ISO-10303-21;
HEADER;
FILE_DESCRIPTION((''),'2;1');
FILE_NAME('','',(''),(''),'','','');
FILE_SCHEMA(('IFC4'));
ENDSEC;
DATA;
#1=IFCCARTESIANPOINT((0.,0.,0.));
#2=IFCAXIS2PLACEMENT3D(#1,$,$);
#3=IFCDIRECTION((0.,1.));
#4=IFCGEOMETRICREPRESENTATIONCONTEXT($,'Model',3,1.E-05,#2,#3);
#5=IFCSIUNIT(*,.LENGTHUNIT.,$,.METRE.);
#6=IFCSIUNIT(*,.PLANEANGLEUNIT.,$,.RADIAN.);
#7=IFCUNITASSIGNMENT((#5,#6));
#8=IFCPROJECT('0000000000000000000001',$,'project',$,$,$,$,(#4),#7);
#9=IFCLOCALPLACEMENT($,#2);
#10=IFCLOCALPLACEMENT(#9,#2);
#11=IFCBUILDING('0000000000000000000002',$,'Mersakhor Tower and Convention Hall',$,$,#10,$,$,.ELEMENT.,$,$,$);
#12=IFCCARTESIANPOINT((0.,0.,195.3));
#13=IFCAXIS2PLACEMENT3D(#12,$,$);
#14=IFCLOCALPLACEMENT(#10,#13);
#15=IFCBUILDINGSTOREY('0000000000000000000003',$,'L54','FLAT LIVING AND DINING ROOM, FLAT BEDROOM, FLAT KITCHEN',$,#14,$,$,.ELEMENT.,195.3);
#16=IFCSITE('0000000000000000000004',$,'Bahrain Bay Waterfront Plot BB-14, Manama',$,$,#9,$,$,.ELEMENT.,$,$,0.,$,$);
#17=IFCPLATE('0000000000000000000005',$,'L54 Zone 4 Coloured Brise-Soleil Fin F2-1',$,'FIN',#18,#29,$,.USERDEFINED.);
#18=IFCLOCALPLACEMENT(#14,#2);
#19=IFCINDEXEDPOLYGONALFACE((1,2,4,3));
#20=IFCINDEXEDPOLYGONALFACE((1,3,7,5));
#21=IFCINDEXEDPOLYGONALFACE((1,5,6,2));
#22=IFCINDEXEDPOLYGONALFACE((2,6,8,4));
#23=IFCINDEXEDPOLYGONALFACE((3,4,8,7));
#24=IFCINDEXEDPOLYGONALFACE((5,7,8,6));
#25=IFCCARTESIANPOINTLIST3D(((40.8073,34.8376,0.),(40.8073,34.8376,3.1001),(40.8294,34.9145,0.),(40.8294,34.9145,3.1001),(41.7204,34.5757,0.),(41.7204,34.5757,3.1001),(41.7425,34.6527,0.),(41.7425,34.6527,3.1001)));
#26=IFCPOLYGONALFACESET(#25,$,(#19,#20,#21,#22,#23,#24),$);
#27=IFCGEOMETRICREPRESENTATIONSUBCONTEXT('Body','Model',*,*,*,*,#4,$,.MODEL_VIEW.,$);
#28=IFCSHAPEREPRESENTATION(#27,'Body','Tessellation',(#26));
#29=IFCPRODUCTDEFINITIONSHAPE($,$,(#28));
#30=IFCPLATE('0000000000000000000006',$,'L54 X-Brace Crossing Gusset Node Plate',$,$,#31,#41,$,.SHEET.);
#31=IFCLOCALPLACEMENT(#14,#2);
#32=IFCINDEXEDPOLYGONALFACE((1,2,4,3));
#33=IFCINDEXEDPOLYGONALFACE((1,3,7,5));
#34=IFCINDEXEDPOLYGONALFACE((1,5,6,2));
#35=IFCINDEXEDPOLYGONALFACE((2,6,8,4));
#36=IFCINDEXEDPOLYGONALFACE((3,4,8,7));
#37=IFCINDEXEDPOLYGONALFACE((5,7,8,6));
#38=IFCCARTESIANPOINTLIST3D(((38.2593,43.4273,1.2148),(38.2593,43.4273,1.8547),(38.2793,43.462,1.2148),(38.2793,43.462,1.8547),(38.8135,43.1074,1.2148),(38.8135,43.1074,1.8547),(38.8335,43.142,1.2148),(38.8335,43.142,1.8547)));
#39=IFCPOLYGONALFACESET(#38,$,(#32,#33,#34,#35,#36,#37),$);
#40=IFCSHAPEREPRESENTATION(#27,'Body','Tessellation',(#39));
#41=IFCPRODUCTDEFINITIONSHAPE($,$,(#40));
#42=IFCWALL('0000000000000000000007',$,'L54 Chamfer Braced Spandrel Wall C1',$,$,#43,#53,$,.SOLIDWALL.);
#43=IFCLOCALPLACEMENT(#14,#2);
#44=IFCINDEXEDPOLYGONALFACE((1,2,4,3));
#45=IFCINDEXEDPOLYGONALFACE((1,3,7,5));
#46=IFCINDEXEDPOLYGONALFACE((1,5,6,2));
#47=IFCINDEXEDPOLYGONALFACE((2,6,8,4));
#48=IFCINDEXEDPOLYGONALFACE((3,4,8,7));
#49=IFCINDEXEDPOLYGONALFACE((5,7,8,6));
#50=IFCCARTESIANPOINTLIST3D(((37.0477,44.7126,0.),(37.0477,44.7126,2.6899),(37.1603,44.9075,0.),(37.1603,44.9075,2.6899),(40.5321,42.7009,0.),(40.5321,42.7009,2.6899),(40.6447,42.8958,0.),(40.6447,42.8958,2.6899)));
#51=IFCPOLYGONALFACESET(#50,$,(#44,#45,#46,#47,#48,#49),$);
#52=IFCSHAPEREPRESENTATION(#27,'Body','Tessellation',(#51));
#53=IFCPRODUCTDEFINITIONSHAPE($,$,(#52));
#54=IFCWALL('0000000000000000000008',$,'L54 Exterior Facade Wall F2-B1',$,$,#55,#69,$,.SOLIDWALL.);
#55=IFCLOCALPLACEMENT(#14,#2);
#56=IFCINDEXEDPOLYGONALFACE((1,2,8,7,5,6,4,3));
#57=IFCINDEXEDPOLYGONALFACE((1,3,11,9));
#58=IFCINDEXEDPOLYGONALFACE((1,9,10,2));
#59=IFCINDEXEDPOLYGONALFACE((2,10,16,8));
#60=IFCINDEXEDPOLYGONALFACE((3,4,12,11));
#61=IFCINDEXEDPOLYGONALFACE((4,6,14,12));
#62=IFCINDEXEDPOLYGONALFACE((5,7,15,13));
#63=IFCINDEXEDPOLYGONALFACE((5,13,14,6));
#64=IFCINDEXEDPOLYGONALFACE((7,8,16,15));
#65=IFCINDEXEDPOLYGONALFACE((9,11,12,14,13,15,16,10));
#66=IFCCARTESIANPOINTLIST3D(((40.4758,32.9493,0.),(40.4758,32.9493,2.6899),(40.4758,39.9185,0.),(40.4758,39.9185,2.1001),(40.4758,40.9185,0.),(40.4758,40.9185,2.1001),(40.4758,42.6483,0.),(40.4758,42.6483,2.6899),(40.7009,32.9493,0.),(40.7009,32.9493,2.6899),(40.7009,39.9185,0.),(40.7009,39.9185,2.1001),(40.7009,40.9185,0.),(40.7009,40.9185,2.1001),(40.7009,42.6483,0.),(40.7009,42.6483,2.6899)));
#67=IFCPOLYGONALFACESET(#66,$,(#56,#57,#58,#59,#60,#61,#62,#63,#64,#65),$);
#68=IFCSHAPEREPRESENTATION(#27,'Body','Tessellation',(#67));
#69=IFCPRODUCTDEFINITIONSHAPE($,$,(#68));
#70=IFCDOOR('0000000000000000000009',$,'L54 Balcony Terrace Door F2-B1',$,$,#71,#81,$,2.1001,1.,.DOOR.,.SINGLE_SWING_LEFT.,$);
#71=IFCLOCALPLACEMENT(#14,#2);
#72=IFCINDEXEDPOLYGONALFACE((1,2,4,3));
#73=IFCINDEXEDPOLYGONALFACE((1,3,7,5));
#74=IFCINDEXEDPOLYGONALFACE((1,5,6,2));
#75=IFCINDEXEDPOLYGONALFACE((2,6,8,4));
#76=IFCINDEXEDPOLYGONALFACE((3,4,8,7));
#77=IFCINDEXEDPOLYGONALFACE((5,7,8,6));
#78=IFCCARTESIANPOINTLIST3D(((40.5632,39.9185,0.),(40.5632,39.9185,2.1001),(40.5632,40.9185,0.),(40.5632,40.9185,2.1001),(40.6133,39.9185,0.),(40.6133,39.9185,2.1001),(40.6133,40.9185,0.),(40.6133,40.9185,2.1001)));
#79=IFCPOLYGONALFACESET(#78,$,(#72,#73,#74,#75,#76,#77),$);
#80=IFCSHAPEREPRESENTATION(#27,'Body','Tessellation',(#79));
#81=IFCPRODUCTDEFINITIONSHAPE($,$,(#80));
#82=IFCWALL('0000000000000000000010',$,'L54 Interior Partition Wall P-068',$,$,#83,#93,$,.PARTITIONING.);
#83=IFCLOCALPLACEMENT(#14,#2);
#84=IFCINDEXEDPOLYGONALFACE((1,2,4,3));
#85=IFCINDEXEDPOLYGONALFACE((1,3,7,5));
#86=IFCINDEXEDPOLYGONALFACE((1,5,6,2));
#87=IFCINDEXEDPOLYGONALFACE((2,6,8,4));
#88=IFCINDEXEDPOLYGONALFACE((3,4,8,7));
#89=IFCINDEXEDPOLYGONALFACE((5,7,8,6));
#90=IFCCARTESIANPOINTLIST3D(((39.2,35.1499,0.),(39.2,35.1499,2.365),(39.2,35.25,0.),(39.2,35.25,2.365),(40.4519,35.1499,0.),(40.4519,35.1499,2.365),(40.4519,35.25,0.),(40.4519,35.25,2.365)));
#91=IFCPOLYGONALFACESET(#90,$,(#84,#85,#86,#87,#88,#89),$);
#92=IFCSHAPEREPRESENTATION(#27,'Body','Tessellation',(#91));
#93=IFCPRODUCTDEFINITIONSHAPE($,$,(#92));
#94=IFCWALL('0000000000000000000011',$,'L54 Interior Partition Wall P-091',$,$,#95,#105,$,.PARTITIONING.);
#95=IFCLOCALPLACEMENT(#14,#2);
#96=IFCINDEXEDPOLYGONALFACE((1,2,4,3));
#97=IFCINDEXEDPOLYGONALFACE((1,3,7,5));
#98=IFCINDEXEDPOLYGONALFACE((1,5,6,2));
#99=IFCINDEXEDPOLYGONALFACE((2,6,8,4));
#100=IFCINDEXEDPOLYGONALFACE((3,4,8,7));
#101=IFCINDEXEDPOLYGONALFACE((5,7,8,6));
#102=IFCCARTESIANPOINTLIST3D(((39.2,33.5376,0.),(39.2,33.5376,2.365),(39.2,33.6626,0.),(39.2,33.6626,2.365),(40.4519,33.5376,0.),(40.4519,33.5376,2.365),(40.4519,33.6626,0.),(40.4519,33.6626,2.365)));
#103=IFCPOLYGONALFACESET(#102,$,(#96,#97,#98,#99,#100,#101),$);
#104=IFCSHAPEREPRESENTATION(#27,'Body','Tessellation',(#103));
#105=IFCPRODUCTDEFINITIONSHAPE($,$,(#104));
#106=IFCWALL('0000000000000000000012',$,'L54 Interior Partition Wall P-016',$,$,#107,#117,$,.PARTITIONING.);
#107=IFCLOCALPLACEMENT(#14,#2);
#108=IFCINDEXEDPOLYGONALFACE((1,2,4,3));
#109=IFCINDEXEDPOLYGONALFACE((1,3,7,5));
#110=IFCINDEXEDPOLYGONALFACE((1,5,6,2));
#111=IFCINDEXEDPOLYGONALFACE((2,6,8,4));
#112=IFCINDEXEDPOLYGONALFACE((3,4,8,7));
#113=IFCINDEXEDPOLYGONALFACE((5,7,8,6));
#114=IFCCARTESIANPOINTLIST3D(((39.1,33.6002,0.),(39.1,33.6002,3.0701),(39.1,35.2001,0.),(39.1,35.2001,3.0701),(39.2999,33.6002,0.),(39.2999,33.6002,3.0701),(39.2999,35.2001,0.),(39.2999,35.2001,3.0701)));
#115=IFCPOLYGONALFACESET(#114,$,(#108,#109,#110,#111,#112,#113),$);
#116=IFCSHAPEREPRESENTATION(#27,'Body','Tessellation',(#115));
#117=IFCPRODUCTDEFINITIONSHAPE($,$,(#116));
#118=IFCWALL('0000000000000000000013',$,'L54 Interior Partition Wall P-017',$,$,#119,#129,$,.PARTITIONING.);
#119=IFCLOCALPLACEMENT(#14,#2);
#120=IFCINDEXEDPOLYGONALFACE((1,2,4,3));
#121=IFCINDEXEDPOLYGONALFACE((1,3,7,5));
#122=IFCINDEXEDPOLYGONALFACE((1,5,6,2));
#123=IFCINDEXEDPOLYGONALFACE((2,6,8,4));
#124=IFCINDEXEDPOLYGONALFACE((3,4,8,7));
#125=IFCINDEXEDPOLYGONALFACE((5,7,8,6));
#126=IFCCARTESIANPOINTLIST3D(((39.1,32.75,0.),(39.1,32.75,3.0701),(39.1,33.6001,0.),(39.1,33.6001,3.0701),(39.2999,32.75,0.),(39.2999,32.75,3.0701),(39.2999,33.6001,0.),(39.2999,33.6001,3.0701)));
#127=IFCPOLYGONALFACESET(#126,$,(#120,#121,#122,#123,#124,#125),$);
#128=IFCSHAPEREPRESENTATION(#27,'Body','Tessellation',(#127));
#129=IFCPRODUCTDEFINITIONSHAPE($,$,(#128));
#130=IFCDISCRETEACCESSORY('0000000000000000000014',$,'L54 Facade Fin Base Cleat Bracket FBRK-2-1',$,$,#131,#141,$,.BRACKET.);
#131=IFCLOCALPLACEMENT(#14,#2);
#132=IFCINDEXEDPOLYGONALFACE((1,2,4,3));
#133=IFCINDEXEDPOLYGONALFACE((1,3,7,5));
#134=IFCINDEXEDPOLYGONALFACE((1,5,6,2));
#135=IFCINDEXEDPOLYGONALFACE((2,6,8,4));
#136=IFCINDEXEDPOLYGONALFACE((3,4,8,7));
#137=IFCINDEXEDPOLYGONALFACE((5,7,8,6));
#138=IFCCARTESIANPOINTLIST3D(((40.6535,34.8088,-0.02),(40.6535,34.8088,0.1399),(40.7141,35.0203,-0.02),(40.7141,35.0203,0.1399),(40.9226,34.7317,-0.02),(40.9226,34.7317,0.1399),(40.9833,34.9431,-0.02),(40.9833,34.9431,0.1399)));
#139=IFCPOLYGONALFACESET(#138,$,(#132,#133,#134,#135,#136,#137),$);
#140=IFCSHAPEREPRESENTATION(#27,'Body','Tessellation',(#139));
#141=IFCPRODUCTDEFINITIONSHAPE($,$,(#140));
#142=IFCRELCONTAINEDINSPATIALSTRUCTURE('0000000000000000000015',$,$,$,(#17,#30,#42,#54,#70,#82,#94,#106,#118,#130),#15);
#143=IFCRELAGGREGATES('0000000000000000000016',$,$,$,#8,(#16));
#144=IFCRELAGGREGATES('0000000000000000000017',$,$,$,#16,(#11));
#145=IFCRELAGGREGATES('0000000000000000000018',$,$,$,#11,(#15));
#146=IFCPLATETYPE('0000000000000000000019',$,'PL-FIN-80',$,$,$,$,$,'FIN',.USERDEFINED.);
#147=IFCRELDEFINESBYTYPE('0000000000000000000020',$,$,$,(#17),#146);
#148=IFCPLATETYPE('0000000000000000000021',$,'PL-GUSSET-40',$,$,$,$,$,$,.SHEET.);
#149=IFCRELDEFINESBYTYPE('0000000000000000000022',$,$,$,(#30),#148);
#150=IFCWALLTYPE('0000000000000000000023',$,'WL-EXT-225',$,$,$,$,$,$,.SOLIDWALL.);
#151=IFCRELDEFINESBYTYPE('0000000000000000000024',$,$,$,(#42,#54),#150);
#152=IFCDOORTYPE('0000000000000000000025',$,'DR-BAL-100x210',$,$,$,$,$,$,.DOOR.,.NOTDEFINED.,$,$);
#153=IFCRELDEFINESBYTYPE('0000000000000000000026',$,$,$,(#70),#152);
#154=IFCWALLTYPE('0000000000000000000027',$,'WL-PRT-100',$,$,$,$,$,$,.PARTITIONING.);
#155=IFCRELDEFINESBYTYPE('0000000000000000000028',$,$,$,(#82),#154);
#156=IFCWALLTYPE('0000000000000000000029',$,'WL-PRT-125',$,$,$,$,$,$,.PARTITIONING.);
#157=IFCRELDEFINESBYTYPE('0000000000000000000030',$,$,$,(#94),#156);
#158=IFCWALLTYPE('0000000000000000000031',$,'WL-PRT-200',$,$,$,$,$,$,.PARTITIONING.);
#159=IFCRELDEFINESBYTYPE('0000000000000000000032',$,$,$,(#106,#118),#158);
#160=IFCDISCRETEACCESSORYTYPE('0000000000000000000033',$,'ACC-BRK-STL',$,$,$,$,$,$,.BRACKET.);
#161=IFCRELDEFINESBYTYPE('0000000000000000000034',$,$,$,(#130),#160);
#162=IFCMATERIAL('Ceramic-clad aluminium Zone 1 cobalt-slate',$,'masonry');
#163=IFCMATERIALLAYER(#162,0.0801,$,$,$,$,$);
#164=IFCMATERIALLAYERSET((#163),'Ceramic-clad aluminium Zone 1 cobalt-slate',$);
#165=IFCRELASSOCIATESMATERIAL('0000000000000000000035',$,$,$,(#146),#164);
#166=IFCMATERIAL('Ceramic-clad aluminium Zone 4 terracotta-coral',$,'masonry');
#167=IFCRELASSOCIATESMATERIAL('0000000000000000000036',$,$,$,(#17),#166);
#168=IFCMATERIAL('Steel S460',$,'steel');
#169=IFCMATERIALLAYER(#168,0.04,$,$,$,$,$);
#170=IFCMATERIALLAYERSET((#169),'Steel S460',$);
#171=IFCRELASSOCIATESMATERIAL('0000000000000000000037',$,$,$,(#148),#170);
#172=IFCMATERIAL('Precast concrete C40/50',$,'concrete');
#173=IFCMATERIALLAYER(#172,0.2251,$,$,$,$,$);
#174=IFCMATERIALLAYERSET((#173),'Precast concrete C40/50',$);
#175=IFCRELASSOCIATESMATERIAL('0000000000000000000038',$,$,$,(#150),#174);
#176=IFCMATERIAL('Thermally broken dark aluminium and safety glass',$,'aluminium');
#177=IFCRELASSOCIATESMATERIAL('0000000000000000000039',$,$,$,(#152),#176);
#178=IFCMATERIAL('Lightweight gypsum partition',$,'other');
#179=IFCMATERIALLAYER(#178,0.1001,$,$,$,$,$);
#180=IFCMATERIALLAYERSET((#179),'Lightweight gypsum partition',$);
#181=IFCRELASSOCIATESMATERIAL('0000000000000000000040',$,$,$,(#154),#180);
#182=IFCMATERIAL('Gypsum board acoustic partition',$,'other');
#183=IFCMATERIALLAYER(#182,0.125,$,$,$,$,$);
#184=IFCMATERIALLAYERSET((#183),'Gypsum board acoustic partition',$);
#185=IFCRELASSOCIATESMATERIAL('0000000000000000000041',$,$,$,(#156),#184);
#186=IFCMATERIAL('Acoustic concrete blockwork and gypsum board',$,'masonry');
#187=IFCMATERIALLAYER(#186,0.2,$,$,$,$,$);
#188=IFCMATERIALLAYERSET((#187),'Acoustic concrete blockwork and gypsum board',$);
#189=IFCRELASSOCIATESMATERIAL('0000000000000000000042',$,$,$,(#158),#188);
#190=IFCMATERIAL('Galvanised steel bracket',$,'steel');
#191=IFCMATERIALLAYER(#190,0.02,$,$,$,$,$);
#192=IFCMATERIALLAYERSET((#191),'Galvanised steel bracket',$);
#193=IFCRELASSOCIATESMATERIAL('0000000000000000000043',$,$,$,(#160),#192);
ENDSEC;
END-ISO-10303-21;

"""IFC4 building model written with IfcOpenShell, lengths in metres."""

from ifc_helpers import new_model, si_unit, direction, frame, frame_2d, origin, origin_2d, place, context, subcontext, project, spatial, rectangle, extrude, material, layer, layer_set, type_object, element, fill, save


model = new_model("IFC4")

# Units and contexts
model_context = context("Model", 3, precision=1e-05, world=origin(), true_north=direction((0.0, 1.0)))
body_context = subcontext(model_context, "Body", "Model", "MODEL_VIEW")
ifc_project = project(units=[si_unit("LENGTHUNIT", "METRE"), si_unit("PLANEANGLEUNIT", "RADIAN")], contexts=[model_context])

# Site, building, storey
site_placement = place(None, origin())
site = spatial("IfcSite", under=ifc_project, at=site_placement, Name="Bahrain Bay Waterfront Plot BB-14, Manama", CompositionType="ELEMENT", RefElevation=0.0)
building_placement = place(site_placement, origin())
building = spatial("IfcBuilding", under=site, at=building_placement, Name="Mersakhor Tower and Convention Hall", CompositionType="ELEMENT")
storey_placement = place(building_placement, frame((0.0, 0.0, 195.3)))
storey = spatial("IfcBuildingStorey", under=building, at=storey_placement, Name="L54", Description="FLAT LIVING AND DINING ROOM, FLAT BEDROOM, FLAT KITCHEN", CompositionType="ELEMENT", Elevation=195.3)

# Plates
ifc_material_1 = material(Name="Ceramic-clad aluminium Zone 4 terracotta-coral", Category="masonry")
ifc_material_2 = material(Name="Ceramic-clad aluminium Zone 1 cobalt-slate", Category="masonry")
ifc_layer_1 = layer(ifc_material_2, 0.0801)
ifc_layer_set_1 = layer_set([ifc_layer_1], Name="Ceramic-clad aluminium Zone 1 cobalt-slate")
plate_type_1 = type_object("IfcPlateType", Name="PL-FIN-80", ElementType="FIN", PredefinedType="USERDEFINED", material=ifc_layer_set_1)
plate_1_placement = place(storey_placement, frame((41.2749, 34.7451, 0.0), z_axis=(0.0, 0.0, 1.0), x_axis=(0.961262, -0.275637, 0.0)))
element("IfcPlate", 1, at=plate_1_placement, inside=storey, type_object=plate_type_1, material=ifc_material_1, Name="L54 Zone 4 Coloured Brise-Soleil Fin F2-1", ObjectType="FIN", PredefinedType="USERDEFINED", context=body_context, shape_type="SweptSolid", body=[
    extrude(rectangle(XDim=0.95, YDim=0.0801, at=origin_2d()), origin(), (0.0, 0.0, 1.0), 3.1001),
])
ifc_material_3 = material(Name="Steel S460", Category="steel")
ifc_layer_2 = layer(ifc_material_3, 0.04)
ifc_layer_set_2 = layer_set([ifc_layer_2], Name="Steel S460")
plate_type_2 = type_object("IfcPlateType", Name="PL-GUSSET-40", PredefinedType="SHEET", material=ifc_layer_set_2)
plate_2_placement = place(storey_placement, frame((38.5464, 43.2847, 1.2148), z_axis=(0.0, 0.0, 1.0), x_axis=(-0.866025, 0.5, 0.0)))
element("IfcPlate", 2, at=plate_2_placement, inside=storey, type_object=plate_type_2, Name="L54 X-Brace Crossing Gusset Node Plate", PredefinedType="SHEET", context=body_context, shape_type="SweptSolid", body=[
    extrude(rectangle(XDim=0.6399, YDim=0.04, at=origin_2d()), origin(), (0.0, 0.0, 1.0), 0.6399),
])

# Wall
ifc_material_4 = material(Name="Precast concrete C40/50", Category="concrete")
ifc_layer_3 = layer(ifc_material_4, 0.2251)
ifc_layer_set_3 = layer_set([ifc_layer_3], Name="Precast concrete C40/50")
wall_type_1 = type_object("IfcWallType", Name="WL-EXT-225", PredefinedType="SOLIDWALL", material=ifc_layer_set_3)
wall_1_placement = place(storey_placement, frame((37.104, 44.8101, 0.0), z_axis=(0.0, 0.0, 1.0), x_axis=(0.866024, -0.500003, 0.0)))
element("IfcWall", 3, at=wall_1_placement, inside=storey, type_object=wall_type_1, Name="L54 Chamfer Braced Spandrel Wall C1", PredefinedType="SOLIDWALL", context=body_context, shape_type="SweptSolid", body=[
    extrude(rectangle(XDim=4.0234, YDim=0.2251, at=frame_2d((2.0117, 0.0))), origin(), (0.0, 0.0, 1.0), 2.6899),
])

# Wall, opening, door
wall_2_placement = place(storey_placement, frame((40.5884, 42.6484, 0.0), z_axis=(0.0, 0.0, 1.0), x_axis=(0.0, -1.0, 0.0)))
wall_2 = element("IfcWall", 4, at=wall_2_placement, inside=storey, type_object=wall_type_1, Name="L54 Exterior Facade Wall F2-B1", PredefinedType="SOLIDWALL", context=body_context, shape_type="SweptSolid", body=[
    extrude(rectangle(XDim=9.699, YDim=0.2251, at=frame_2d((4.8496, 0.0))), origin(), (0.0, 0.0, 1.0), 2.6899),
])
opening_placement = place(wall_2_placement, frame((1.73, 0.0, 0.0)))
opening = element("IfcOpeningElement", 5, at=opening_placement, cuts=wall_2, PredefinedType="OPENING", context=body_context, shape_type="SweptSolid", body=[
    extrude(rectangle(XDim=1.0, YDim=2.1001, at=frame_2d((0.5, 1.05))), frame((0.0, 0.1226, 0.0), z_axis=(0.0, -1.0, 0.0), x_axis=(1.0, 0.0, 0.0)), (0.0, 0.0, 1.0), 0.2451),
])
ifc_material_5 = material(Name="Thermally broken dark aluminium and safety glass", Category="aluminium")
door_type = type_object("IfcDoorType", Name="DR-BAL-100x210", OperationType="NOTDEFINED", PredefinedType="DOOR", material=ifc_material_5)
door_placement = place(opening_placement, origin())
door = element("IfcDoor", 6, at=door_placement, inside=storey, type_object=door_type, Name="L54 Balcony Terrace Door F2-B1", OperationType="SINGLE_SWING_LEFT", OverallHeight=2.1001, OverallWidth=1.0, PredefinedType="DOOR", context=body_context, shape_type="SweptSolid", body=[
    extrude(rectangle(XDim=1.0, YDim=2.1001, at=frame_2d((0.5, 1.05))), frame((0.0, 0.0249, 0.0), z_axis=(0.0, -1.0, 0.0), x_axis=(1.0, 0.0, 0.0)), (0.0, 0.0, 1.0), 0.05),
])
fill(opening, door)

# Walls
ifc_material_6 = material(Name="Lightweight gypsum partition", Category="other")
ifc_layer_4 = layer(ifc_material_6, 0.1001)
ifc_layer_set_4 = layer_set([ifc_layer_4], Name="Lightweight gypsum partition")
wall_type_2 = type_object("IfcWallType", Name="WL-PRT-100", PredefinedType="PARTITIONING", material=ifc_layer_set_4)
wall_3_placement = place(storey_placement, frame((40.4519, 35.2, 0.0), z_axis=(0.0, 0.0, 1.0), x_axis=(-1.0, 0.0, 0.0)))
element("IfcWall", 7, at=wall_3_placement, inside=storey, type_object=wall_type_2, Name="L54 Interior Partition Wall P-068", PredefinedType="PARTITIONING", context=body_context, shape_type="SweptSolid", body=[
    extrude(rectangle(XDim=1.252, YDim=0.1001, at=frame_2d((0.626, 0.0))), origin(), (0.0, 0.0, 1.0), 2.365),
])
ifc_material_7 = material(Name="Gypsum board acoustic partition", Category="other")
ifc_layer_5 = layer(ifc_material_7, 0.125)
ifc_layer_set_5 = layer_set([ifc_layer_5], Name="Gypsum board acoustic partition")
wall_type_3 = type_object("IfcWallType", Name="WL-PRT-125", PredefinedType="PARTITIONING", material=ifc_layer_set_5)
wall_4_placement = place(storey_placement, frame((39.2, 33.6001, 0.0), z_axis=(0.0, 0.0, 1.0), x_axis=(1.0, 0.0, 0.0)))
element("IfcWall", 8, at=wall_4_placement, inside=storey, type_object=wall_type_3, Name="L54 Interior Partition Wall P-091", PredefinedType="PARTITIONING", context=body_context, shape_type="SweptSolid", body=[
    extrude(rectangle(XDim=1.252, YDim=0.125, at=frame_2d((0.626, 0.0))), origin(), (0.0, 0.0, 1.0), 2.365),
])
ifc_material_8 = material(Name="Acoustic concrete blockwork and gypsum board", Category="masonry")
ifc_layer_6 = layer(ifc_material_8, 0.2)
ifc_layer_set_6 = layer_set([ifc_layer_6], Name="Acoustic concrete blockwork and gypsum board")
wall_type_4 = type_object("IfcWallType", Name="WL-PRT-200", PredefinedType="PARTITIONING", material=ifc_layer_set_6)
wall_5_placement = place(storey_placement, frame((39.2, 35.2, 0.0), z_axis=(0.0, 0.0, 1.0), x_axis=(0.0, -1.0, 0.0)))
element("IfcWall", 9, at=wall_5_placement, inside=storey, type_object=wall_type_4, Name="L54 Interior Partition Wall P-016", PredefinedType="PARTITIONING", context=body_context, shape_type="SweptSolid", body=[
    extrude(rectangle(XDim=1.5999, YDim=0.2, at=frame_2d((0.7998, 0.0))), origin(), (0.0, 0.0, 1.0), 3.0701),
])
wall_6_placement = place(storey_placement, frame((39.2, 33.6001, 0.0), z_axis=(0.0, 0.0, 1.0), x_axis=(0.0, -1.0, 0.0)))
element("IfcWall", 10, at=wall_6_placement, inside=storey, type_object=wall_type_4, Name="L54 Interior Partition Wall P-017", PredefinedType="PARTITIONING", context=body_context, shape_type="SweptSolid", body=[
    extrude(rectangle(XDim=0.8501, YDim=0.2, at=frame_2d((0.425, 0.0))), origin(), (0.0, 0.0, 1.0), 3.0701),
])

# Discrete accessory
ifc_material_9 = material(Name="Galvanised steel bracket", Category="steel")
ifc_layer_7 = layer(ifc_material_9, 0.02)
ifc_layer_set_7 = layer_set([ifc_layer_7], Name="Galvanised steel bracket")
discrete_accessory_type = type_object("IfcDiscreteAccessoryType", Name="ACC-BRK-STL", PredefinedType="BRACKET", material=ifc_layer_set_7)
discrete_accessory_placement = place(storey_placement, frame((40.8184, 34.876, -0.02), z_axis=(0.0, 0.0, 1.0), x_axis=(0.961262, -0.275637, 0.0)))
element("IfcDiscreteAccessory", 11, at=discrete_accessory_placement, inside=storey, type_object=discrete_accessory_type, Name="L54 Facade Fin Base Cleat Bracket FBRK-2-1", PredefinedType="BRACKET", context=body_context, shape_type="SweptSolid", body=[
    extrude(rectangle(XDim=0.28, YDim=0.22, at=origin_2d()), origin(), (0.0, 0.0, 1.0), 0.1599),
])

save(model, "model.ifc")
